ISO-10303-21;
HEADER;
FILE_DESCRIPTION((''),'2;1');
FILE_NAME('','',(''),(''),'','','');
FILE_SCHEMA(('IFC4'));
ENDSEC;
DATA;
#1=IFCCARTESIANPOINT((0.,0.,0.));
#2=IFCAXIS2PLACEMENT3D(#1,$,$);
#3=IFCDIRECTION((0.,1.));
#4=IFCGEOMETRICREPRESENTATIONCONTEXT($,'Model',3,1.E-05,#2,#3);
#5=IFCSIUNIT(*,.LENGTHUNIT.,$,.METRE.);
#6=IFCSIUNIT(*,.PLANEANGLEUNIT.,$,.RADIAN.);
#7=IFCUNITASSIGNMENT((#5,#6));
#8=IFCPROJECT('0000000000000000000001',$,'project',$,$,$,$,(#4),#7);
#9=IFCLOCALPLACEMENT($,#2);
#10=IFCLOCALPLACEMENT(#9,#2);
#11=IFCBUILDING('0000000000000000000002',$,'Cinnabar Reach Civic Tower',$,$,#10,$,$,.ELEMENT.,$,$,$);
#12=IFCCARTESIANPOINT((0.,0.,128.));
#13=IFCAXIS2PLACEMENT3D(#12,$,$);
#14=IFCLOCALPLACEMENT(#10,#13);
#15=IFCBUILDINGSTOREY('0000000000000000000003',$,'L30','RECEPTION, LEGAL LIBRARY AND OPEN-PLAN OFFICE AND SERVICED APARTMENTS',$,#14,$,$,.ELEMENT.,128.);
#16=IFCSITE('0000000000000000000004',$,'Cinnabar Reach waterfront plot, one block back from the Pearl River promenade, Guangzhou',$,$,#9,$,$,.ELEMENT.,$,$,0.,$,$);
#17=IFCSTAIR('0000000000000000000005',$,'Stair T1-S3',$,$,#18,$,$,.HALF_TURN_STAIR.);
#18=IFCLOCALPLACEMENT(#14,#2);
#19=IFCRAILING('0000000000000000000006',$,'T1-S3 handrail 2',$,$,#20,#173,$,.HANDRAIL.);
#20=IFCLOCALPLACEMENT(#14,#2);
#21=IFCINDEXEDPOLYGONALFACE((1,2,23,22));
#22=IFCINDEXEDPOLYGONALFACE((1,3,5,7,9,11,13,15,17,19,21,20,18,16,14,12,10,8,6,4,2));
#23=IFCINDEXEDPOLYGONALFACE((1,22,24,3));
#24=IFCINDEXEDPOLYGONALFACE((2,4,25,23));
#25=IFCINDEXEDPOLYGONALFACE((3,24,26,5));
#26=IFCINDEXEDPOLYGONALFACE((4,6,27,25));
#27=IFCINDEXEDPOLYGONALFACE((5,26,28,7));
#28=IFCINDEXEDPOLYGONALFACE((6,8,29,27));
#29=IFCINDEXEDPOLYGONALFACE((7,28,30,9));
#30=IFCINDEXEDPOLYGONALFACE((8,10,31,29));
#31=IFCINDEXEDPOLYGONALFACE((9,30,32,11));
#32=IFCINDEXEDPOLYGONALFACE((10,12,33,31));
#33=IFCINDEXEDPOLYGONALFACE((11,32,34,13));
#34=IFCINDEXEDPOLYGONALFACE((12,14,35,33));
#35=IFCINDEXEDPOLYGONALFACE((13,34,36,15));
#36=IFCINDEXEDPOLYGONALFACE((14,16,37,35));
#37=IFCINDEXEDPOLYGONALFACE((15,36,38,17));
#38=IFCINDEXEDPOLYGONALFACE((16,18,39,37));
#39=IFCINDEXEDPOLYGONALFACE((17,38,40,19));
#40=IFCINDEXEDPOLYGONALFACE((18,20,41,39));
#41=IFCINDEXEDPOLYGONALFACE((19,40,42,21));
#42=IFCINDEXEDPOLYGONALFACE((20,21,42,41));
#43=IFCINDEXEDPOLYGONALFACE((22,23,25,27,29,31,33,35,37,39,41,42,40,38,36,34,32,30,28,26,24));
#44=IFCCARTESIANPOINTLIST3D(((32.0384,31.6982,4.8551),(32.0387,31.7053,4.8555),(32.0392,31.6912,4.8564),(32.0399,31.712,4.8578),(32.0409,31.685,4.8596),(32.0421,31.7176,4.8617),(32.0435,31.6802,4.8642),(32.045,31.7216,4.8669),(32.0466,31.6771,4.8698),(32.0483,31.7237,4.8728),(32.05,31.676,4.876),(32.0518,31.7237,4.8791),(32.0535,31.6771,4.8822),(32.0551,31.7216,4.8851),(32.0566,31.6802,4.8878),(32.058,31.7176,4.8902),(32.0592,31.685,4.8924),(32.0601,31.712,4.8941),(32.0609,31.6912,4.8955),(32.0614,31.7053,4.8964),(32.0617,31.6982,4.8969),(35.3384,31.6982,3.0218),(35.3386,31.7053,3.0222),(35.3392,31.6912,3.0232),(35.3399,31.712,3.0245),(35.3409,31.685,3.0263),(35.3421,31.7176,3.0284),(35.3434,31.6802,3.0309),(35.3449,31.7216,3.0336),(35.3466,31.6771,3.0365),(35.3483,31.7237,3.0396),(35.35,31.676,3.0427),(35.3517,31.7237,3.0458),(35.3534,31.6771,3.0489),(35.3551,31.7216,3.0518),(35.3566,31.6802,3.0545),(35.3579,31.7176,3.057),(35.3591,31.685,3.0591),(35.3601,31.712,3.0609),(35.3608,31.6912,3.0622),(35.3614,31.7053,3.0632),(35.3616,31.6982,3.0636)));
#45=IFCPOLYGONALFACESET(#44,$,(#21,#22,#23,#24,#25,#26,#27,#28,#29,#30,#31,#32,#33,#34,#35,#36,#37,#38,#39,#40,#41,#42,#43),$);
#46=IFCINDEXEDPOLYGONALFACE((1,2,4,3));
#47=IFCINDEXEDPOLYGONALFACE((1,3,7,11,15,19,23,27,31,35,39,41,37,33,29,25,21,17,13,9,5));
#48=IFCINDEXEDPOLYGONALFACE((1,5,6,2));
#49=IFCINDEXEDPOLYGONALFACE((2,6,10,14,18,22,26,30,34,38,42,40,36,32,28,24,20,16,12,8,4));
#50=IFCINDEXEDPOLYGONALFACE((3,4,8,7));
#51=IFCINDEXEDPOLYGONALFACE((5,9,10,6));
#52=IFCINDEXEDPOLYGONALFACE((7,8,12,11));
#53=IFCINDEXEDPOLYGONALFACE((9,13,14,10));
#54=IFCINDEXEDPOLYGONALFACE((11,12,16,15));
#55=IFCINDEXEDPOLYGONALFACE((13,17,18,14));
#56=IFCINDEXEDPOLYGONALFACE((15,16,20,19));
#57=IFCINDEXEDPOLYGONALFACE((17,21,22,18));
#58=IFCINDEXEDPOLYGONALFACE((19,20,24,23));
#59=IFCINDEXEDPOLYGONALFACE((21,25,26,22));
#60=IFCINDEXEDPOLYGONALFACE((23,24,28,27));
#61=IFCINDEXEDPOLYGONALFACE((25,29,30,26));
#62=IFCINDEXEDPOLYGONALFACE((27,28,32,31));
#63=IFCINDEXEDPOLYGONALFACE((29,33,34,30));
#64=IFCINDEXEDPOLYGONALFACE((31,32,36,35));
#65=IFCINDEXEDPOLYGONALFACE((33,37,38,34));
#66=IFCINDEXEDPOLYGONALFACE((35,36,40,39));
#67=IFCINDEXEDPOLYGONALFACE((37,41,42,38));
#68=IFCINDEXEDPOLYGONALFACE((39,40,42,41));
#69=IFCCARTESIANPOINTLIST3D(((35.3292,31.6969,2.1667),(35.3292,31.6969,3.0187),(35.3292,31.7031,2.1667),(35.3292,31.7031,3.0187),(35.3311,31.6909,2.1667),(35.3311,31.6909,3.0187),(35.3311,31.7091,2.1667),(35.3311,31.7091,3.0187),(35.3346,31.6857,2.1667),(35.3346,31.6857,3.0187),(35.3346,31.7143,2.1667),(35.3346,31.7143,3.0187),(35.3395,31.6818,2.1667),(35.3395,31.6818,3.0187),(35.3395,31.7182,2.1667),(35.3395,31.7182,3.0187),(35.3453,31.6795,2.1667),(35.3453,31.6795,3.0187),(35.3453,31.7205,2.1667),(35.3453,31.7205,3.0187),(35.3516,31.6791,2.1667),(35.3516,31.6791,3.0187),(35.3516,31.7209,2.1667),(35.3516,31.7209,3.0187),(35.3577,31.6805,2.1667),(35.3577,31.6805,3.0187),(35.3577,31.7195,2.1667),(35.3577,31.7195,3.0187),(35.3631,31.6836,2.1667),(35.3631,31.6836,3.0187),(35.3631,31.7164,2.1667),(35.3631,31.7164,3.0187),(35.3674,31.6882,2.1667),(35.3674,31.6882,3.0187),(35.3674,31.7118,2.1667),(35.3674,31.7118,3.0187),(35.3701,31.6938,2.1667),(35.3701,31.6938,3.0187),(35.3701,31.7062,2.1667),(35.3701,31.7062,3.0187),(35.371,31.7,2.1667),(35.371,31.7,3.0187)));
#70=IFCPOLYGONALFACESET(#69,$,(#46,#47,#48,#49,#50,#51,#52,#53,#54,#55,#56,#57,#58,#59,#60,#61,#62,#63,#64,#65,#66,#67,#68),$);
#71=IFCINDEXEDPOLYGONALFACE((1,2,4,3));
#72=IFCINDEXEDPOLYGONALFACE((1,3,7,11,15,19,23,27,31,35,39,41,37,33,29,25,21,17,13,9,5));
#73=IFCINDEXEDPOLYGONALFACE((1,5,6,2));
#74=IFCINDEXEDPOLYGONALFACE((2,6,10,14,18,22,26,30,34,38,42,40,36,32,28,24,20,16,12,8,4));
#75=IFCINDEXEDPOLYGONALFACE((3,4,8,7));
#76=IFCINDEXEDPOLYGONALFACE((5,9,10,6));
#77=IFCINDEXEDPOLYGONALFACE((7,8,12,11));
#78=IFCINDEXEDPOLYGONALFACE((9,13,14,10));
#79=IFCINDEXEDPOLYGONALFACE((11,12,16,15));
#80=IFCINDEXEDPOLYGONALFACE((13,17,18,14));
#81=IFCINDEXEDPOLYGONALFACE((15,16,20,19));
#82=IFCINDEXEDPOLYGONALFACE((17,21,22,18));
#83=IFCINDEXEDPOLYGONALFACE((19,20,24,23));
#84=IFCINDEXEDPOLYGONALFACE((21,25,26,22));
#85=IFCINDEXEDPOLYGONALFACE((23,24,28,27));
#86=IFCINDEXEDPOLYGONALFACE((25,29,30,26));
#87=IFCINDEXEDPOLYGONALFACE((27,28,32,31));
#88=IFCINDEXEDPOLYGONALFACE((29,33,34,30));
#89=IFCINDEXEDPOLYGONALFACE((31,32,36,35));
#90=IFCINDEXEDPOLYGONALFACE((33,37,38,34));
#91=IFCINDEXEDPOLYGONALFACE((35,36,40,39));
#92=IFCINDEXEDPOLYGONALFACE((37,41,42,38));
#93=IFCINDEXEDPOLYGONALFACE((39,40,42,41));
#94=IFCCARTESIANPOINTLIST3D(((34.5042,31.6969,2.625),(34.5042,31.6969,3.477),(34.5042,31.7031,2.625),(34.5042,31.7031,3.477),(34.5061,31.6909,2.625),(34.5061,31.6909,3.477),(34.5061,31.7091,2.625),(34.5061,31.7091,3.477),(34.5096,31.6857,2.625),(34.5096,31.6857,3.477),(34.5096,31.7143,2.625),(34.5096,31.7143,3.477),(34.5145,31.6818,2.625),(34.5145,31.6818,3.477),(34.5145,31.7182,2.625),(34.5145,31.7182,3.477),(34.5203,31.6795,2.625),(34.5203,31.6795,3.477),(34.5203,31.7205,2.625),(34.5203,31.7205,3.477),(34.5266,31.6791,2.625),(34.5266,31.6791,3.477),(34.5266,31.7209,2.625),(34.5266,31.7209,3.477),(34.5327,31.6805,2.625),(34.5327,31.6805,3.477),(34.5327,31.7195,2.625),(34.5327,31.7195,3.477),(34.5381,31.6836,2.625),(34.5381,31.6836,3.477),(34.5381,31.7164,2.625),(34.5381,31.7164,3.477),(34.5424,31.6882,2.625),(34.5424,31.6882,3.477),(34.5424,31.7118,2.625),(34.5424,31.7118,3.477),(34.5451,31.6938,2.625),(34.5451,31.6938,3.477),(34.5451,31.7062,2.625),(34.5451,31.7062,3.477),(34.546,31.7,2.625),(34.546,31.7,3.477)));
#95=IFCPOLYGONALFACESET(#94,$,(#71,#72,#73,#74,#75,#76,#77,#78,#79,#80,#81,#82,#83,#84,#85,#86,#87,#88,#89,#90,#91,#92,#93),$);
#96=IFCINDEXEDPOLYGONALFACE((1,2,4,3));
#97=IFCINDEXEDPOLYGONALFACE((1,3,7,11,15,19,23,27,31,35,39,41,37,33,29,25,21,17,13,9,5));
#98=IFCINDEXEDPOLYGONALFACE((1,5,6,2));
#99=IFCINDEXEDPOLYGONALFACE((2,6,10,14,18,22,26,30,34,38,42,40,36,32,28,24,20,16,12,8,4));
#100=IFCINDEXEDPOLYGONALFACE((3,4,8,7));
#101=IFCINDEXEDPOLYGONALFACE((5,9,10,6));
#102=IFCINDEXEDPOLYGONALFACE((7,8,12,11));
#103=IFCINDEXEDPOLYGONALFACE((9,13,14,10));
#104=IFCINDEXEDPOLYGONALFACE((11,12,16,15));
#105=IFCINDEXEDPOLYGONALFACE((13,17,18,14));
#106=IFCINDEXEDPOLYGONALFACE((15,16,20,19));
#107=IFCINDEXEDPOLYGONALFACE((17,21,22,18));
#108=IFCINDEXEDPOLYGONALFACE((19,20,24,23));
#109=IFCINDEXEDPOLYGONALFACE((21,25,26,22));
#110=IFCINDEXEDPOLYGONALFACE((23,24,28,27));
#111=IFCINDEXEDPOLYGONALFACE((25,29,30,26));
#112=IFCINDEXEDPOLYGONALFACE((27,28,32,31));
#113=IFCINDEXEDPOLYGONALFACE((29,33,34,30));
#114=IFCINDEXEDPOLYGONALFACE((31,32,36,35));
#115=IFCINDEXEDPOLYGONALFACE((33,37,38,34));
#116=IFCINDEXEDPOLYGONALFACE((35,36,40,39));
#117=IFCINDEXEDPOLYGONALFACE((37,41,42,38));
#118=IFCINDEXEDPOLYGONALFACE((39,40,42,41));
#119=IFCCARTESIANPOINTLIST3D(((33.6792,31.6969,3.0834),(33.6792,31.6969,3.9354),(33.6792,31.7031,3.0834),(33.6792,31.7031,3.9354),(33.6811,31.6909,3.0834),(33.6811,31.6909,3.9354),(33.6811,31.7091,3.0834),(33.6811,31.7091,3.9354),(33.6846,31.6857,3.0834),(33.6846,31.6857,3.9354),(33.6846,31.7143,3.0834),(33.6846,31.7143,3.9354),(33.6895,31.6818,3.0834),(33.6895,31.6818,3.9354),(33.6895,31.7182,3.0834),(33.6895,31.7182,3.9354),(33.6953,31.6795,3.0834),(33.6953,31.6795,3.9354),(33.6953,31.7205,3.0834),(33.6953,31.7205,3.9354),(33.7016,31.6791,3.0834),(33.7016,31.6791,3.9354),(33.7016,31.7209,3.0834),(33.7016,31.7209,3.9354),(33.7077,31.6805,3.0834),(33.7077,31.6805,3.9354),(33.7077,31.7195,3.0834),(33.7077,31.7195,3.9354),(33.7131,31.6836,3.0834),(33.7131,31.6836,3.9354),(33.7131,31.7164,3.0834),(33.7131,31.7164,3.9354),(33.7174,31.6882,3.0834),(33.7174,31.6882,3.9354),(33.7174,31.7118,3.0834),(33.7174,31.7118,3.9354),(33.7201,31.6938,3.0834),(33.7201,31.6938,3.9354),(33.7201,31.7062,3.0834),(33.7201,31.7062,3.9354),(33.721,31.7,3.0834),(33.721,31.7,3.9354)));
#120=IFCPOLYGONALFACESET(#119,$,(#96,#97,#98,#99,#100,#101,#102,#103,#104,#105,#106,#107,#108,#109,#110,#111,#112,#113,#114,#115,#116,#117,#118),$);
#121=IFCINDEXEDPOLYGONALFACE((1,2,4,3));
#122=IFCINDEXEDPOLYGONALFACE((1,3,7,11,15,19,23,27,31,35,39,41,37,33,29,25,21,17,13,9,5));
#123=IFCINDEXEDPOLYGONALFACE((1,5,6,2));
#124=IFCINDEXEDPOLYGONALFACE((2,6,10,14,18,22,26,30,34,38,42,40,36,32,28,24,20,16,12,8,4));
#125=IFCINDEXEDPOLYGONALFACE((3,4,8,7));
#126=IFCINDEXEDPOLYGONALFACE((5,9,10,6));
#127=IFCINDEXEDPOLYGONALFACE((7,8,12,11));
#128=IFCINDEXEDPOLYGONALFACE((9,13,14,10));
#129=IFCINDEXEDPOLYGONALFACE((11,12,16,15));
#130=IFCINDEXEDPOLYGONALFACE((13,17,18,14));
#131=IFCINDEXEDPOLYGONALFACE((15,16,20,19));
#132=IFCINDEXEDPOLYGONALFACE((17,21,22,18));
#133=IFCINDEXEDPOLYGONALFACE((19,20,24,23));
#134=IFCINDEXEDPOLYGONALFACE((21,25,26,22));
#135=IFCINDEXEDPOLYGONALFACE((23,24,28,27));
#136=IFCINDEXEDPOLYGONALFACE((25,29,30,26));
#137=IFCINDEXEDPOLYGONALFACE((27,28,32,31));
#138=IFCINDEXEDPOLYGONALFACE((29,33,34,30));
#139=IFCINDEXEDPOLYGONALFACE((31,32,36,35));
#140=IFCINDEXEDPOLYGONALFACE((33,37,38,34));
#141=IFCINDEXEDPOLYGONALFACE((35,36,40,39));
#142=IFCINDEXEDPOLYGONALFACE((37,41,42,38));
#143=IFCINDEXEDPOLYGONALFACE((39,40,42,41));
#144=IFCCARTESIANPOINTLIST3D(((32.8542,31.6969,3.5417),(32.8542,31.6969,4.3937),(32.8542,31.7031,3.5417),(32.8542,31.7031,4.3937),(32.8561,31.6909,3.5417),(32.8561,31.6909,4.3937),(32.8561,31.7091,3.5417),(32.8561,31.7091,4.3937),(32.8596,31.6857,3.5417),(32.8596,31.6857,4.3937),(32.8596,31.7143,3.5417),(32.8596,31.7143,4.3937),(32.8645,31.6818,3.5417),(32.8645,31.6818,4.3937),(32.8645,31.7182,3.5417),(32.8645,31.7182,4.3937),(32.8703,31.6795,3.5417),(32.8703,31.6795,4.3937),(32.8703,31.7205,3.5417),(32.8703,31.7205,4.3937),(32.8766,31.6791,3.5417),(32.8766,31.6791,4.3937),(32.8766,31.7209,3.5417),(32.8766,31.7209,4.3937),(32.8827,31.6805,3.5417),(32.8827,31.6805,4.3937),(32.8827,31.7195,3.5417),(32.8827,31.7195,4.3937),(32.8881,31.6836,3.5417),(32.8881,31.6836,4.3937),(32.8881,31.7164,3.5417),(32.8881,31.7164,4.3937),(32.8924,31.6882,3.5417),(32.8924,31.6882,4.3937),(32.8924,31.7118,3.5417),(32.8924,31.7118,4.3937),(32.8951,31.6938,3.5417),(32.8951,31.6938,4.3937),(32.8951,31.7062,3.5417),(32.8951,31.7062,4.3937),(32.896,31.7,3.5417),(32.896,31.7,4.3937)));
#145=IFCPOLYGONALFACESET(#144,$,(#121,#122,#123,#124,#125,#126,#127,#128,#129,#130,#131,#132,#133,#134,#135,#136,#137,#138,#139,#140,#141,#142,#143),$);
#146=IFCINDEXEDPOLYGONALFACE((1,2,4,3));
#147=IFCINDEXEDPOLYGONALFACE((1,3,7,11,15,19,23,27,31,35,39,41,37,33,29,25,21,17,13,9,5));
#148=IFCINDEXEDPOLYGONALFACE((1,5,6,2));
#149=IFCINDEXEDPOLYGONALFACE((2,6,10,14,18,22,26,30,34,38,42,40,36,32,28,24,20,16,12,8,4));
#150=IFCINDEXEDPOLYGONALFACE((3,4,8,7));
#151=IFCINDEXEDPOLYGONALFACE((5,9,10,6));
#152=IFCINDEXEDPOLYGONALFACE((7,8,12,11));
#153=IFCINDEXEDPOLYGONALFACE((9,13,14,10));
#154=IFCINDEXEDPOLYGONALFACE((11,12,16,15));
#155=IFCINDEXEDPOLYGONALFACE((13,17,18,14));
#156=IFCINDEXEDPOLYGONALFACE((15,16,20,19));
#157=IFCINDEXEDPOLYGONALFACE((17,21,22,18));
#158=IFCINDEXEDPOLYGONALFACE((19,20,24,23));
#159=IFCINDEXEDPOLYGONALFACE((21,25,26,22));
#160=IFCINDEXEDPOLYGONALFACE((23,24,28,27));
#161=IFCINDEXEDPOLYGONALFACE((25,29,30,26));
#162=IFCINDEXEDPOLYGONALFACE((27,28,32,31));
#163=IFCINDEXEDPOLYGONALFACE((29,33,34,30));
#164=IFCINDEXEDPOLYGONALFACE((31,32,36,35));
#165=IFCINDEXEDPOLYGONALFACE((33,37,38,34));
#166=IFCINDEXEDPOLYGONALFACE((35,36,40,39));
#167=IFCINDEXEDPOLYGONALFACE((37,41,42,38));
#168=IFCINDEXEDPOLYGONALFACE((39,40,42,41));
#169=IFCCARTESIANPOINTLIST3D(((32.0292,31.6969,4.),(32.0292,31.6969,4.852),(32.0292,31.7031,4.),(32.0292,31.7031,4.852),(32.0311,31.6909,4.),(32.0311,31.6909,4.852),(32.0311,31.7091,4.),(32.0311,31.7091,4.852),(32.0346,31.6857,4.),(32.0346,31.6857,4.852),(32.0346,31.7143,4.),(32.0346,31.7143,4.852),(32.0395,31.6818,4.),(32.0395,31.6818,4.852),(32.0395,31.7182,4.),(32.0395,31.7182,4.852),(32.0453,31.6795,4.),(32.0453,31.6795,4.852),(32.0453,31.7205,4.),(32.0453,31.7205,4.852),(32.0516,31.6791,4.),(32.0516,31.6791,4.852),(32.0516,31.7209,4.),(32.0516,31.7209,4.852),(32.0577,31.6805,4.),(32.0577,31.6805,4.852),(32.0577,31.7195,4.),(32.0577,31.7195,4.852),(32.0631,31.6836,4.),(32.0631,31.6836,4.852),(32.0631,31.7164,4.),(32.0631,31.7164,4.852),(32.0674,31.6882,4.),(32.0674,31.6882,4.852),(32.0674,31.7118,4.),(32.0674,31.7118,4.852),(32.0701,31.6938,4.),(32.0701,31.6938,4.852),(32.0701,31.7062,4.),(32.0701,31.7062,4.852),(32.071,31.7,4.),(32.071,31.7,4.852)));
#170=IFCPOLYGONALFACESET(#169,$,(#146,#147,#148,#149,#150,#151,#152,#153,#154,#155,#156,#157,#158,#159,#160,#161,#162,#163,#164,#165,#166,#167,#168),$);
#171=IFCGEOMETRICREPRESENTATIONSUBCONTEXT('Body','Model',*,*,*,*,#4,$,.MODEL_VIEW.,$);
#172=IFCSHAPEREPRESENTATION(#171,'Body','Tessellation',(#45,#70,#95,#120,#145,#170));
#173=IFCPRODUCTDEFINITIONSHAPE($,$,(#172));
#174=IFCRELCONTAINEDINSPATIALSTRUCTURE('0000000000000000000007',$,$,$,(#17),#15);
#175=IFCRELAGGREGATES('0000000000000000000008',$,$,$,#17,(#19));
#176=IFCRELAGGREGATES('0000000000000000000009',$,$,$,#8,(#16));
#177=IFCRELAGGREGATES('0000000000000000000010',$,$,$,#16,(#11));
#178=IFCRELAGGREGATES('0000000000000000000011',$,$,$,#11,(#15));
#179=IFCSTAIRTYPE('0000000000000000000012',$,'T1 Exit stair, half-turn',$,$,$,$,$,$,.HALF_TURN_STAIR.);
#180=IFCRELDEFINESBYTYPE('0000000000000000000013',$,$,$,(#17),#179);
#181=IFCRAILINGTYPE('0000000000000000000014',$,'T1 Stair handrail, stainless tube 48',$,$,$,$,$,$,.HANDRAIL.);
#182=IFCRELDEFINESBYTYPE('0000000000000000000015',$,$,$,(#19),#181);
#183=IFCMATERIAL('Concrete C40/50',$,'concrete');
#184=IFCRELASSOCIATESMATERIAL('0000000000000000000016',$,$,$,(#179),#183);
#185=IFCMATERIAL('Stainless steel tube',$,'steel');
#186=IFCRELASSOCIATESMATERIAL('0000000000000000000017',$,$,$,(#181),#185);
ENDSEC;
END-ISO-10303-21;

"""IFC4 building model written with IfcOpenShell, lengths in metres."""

from ifc_helpers import new_model, si_unit, direction, frame, origin, origin_2d, place, context, subcontext, project, spatial, circle, extrude, material, type_object, element, aggregate, save


model = new_model("IFC4")

# Units and contexts
model_context = context("Model", 3, precision=1e-05, world=origin(), true_north=direction((0.0, 1.0)))
body_context = subcontext(model_context, "Body", "Model", "MODEL_VIEW")
ifc_project = project(units=[si_unit("LENGTHUNIT", "METRE"), si_unit("PLANEANGLEUNIT", "RADIAN")], contexts=[model_context])

# Site, building, storey
site_placement = place(None, origin())
site = spatial("IfcSite", under=ifc_project, at=site_placement, Name="Cinnabar Reach waterfront plot, one block back from the Pearl River promenade, Guangzhou", CompositionType="ELEMENT", RefElevation=0.0)
building_placement = place(site_placement, origin())
building = spatial("IfcBuilding", under=site, at=building_placement, Name="Cinnabar Reach Civic Tower", CompositionType="ELEMENT")
storey_placement = place(building_placement, frame((0.0, 0.0, 128.0)))
storey = spatial("IfcBuildingStorey", under=building, at=storey_placement, Name="L30", Description="RECEPTION, LEGAL LIBRARY AND OPEN-PLAN OFFICE AND SERVICED APARTMENTS", CompositionType="ELEMENT", Elevation=128.0)

# Stair, railing
ifc_material_1 = material(Name="Concrete C40/50", Category="concrete")
stair_type = type_object("IfcStairType", Name="T1 Exit stair, half-turn", PredefinedType="HALF_TURN_STAIR", material=ifc_material_1)
stair_placement = place(storey_placement, origin())
stair = element("IfcStair", 1, at=stair_placement, inside=storey, type_object=stair_type, Name="Stair T1-S3", PredefinedType="HALF_TURN_STAIR")
ifc_material_2 = material(Name="Stainless steel tube", Category="steel")
railing_type = type_object("IfcRailingType", Name="T1 Stair handrail, stainless tube 48", PredefinedType="HANDRAIL", material=ifc_material_2)
railing_1_placement = place(storey_placement, frame((35.35, 31.7, 2.1667)))
railing_1 = element("IfcRailing", 2, at=railing_1_placement, type_object=railing_type, Name="T1-S3 handrail 2", PredefinedType="HANDRAIL", context=body_context, shape_type="SweptSolid", body=[
    extrude(circle(Radius=0.024, at=origin_2d()), frame((0.0, 0.0, 0.876), z_axis=(-0.874161, 0.0, 0.485636), x_axis=(0.0, -1.0, 0.0)), (0.0, 0.0, 1.0), 3.775),
    extrude(circle(Radius=0.021, at=origin_2d()), origin(), (0.0, 0.0, 1.0), 0.852),
    extrude(circle(Radius=0.021, at=origin_2d()), frame((-0.825, 0.0, 0.4583)), (0.0, 0.0, 1.0), 0.852),
    extrude(circle(Radius=0.021, at=origin_2d()), frame((-1.65, 0.0, 0.9167)), (0.0, 0.0, 1.0), 0.852),
    extrude(circle(Radius=0.021, at=origin_2d()), frame((-2.475, 0.0, 1.375)), (0.0, 0.0, 1.0), 0.852),
    extrude(circle(Radius=0.021, at=origin_2d()), frame((-3.3, 0.0, 1.8333)), (0.0, 0.0, 1.0), 0.852),
])
aggregate(stair, [railing_1])

save(model, "model.ifc")
